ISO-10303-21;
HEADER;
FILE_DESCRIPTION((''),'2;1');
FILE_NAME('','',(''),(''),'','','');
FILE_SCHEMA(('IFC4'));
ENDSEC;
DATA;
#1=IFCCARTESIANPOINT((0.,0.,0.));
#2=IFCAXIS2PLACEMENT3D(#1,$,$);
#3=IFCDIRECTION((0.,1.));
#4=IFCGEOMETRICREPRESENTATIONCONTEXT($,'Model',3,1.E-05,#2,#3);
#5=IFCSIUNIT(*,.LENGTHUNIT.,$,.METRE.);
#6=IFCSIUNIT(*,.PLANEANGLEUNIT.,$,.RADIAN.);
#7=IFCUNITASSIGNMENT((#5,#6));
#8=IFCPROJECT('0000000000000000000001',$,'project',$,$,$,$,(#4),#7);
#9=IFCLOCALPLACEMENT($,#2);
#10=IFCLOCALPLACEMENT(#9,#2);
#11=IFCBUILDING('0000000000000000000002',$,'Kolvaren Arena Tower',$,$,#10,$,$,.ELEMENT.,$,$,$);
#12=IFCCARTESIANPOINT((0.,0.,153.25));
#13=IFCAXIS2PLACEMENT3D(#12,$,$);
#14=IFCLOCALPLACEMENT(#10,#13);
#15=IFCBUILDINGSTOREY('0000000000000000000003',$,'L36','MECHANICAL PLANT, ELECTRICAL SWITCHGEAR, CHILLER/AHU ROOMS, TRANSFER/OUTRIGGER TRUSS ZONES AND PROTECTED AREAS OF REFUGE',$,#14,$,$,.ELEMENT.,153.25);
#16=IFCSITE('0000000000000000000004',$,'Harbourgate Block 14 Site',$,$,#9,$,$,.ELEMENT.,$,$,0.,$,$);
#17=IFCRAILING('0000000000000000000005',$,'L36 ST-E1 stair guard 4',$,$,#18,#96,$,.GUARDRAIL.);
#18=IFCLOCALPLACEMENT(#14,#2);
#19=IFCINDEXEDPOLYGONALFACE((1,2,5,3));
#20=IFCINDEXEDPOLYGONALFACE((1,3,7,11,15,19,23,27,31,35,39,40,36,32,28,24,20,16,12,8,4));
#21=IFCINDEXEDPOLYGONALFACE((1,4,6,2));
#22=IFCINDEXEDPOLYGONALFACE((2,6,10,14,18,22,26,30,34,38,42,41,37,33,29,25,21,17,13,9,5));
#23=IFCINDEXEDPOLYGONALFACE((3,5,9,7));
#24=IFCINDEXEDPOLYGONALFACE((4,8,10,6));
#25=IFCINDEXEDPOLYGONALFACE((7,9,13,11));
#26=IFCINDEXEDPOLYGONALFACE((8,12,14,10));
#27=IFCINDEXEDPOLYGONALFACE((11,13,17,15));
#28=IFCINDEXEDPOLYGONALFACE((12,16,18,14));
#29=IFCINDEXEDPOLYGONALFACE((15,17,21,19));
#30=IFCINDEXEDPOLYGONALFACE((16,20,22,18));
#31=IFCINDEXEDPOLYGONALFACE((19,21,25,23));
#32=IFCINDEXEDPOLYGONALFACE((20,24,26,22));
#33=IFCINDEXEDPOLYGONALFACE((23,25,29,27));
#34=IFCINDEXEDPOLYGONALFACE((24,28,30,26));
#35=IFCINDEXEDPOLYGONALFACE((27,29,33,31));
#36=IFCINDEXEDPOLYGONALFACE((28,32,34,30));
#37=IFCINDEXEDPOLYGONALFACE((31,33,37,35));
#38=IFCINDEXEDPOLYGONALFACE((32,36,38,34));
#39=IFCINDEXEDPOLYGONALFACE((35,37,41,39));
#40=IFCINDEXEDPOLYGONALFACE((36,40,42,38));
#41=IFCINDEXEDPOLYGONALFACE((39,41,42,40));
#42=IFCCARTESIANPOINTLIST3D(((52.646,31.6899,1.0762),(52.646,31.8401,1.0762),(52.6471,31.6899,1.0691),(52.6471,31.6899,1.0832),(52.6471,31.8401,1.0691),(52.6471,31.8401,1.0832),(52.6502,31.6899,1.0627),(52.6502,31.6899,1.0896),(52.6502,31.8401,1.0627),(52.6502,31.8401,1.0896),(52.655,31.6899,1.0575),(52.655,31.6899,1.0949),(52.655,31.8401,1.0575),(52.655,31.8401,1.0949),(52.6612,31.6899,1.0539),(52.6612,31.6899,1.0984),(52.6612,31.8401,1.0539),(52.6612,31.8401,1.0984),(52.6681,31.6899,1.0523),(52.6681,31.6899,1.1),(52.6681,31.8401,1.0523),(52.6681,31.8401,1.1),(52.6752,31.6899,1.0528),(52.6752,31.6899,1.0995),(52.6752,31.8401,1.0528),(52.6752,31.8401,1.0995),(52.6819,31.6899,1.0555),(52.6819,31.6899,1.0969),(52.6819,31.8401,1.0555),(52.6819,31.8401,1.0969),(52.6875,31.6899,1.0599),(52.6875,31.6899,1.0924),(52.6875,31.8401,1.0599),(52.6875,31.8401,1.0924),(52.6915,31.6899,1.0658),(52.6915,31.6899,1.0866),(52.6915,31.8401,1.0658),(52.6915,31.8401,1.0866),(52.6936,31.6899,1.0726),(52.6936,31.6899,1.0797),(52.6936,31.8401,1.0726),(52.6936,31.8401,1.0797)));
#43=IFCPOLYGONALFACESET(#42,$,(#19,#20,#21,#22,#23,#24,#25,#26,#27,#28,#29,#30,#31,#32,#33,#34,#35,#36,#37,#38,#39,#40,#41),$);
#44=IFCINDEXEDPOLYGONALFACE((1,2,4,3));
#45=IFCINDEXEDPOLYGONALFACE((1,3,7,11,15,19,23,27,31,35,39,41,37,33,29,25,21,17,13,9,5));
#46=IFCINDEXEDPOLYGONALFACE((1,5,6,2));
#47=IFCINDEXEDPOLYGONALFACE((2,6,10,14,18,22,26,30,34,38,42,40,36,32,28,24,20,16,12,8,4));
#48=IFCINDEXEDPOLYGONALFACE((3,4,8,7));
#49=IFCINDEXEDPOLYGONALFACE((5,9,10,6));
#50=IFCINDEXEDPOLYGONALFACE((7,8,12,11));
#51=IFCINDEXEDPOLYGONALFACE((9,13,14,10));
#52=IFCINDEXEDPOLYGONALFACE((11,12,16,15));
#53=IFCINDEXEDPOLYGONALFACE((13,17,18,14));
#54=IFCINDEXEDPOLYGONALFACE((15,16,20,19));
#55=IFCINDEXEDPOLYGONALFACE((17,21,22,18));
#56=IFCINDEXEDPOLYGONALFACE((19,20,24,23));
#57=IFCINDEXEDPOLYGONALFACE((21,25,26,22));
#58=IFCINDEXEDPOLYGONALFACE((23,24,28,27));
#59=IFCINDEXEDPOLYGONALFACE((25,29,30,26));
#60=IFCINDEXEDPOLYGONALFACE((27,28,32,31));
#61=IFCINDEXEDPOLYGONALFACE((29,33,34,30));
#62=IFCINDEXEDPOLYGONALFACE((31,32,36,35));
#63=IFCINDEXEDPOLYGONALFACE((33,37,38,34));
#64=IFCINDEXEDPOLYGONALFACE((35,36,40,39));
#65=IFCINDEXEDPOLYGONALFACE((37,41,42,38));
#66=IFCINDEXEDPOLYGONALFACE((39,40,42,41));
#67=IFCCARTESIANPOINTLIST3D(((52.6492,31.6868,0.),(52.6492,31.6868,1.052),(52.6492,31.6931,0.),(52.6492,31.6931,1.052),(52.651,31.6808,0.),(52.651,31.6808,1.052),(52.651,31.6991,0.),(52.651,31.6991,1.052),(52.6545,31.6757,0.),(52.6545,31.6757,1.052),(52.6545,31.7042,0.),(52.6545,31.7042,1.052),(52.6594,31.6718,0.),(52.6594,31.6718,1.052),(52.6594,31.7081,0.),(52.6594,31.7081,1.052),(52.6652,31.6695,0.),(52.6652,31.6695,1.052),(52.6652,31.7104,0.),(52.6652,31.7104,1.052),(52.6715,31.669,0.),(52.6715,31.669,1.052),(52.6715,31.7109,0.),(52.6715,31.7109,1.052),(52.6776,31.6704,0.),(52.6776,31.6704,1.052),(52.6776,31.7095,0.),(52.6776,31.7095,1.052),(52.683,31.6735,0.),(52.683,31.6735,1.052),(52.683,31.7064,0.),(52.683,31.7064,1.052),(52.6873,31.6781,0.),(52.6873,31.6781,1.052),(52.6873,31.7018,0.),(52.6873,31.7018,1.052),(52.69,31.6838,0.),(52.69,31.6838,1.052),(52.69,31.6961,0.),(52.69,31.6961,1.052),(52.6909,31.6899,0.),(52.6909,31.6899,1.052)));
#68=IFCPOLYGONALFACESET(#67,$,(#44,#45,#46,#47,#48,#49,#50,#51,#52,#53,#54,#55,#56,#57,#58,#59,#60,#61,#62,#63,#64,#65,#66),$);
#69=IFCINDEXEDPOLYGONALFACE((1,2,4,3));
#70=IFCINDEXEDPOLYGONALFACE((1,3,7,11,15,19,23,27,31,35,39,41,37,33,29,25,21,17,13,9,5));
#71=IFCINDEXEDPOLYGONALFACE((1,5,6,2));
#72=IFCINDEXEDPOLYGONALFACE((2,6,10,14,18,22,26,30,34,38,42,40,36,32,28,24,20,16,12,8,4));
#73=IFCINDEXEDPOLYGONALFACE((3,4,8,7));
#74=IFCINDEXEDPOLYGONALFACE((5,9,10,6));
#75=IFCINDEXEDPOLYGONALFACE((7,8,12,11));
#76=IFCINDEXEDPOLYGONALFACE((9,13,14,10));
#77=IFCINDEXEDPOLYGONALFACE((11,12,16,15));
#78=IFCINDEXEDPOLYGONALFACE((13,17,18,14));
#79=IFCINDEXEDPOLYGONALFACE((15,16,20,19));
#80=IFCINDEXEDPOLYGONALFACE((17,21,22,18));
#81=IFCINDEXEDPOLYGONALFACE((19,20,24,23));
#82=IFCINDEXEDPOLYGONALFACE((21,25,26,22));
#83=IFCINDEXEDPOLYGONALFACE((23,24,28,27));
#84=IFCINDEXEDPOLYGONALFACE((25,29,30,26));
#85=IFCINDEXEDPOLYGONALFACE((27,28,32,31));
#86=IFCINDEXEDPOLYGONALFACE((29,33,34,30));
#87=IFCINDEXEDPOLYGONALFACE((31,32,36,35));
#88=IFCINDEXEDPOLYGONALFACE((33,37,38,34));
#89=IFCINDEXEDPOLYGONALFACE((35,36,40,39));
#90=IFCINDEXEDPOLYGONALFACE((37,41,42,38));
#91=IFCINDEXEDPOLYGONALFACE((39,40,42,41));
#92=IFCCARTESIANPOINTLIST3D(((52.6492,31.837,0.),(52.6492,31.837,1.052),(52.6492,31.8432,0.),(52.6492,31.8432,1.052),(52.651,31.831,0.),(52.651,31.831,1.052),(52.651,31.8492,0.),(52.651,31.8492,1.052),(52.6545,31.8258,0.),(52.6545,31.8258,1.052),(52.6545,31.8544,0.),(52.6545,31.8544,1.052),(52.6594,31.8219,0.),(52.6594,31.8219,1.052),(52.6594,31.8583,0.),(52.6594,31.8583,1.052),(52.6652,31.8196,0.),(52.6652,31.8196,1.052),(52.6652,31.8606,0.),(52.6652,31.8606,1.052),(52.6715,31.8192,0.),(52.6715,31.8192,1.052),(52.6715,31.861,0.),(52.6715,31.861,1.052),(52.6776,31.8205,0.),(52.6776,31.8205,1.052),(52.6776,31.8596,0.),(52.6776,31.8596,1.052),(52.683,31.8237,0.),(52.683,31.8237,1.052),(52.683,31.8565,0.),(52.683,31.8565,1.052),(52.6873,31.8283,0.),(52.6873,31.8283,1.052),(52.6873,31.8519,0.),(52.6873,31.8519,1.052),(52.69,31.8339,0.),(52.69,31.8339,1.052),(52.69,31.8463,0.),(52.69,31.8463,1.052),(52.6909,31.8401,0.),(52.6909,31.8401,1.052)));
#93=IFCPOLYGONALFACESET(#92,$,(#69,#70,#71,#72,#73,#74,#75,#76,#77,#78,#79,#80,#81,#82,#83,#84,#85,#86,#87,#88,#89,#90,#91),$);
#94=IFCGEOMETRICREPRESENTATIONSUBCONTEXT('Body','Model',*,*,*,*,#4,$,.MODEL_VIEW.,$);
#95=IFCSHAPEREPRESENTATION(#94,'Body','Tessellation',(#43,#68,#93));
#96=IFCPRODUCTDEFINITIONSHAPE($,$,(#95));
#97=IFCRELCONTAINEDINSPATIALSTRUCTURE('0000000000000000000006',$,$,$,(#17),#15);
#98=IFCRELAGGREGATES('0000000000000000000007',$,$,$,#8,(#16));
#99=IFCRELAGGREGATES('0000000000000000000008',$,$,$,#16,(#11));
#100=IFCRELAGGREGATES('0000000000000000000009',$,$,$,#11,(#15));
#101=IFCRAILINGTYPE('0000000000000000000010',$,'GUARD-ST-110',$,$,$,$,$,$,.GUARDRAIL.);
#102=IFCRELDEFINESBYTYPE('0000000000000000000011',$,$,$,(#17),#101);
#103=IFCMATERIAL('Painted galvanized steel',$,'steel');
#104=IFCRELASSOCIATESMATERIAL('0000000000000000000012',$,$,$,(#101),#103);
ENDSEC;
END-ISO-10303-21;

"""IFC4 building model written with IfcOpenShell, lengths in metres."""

from ifc_helpers import new_model, si_unit, direction, frame, origin, origin_2d, place, context, subcontext, project, spatial, circle, extrude, material, type_object, element, save


model = new_model("IFC4")

# Units and contexts
model_context = context("Model", 3, precision=1e-05, world=origin(), true_north=direction((0.0, 1.0)))
body_context = subcontext(model_context, "Body", "Model", "MODEL_VIEW")
ifc_project = project(units=[si_unit("LENGTHUNIT", "METRE"), si_unit("PLANEANGLEUNIT", "RADIAN")], contexts=[model_context])

# Site, building, storey
site_placement = place(None, origin())
site = spatial("IfcSite", under=ifc_project, at=site_placement, Name="Harbourgate Block 14 Site", CompositionType="ELEMENT", RefElevation=0.0)
building_placement = place(site_placement, origin())
building = spatial("IfcBuilding", under=site, at=building_placement, Name="Kolvaren Arena Tower", CompositionType="ELEMENT")
storey_placement = place(building_placement, frame((0.0, 0.0, 153.25)))
storey = spatial("IfcBuildingStorey", under=building, at=storey_placement, Name="L36", Description="MECHANICAL PLANT, ELECTRICAL SWITCHGEAR, CHILLER/AHU ROOMS, TRANSFER/OUTRIGGER TRUSS ZONES AND PROTECTED AREAS OF REFUGE", CompositionType="ELEMENT", Elevation=153.25)

# Railing
ifc_material_1 = material(Name="Painted galvanized steel", Category="steel")
railing_type_1 = type_object("IfcRailingType", Name="GUARD-ST-110", PredefinedType="GUARDRAIL", material=ifc_material_1)
railing_1_placement = place(storey_placement, frame((52.6699, 31.6899, 0.0)))
element("IfcRailing", 1, at=railing_1_placement, inside=storey, type_object=railing_type_1, Name="L36 ST-E1 stair guard 4", PredefinedType="GUARDRAIL", context=body_context, shape_type="SweptSolid", body=[
    extrude(circle(Radius=0.0239, at=origin_2d()), frame((0.0, 0.0, 1.0762), z_axis=(0.0, 1.0, 0.0), x_axis=(-1.0, 0.0, 0.0)), (0.0, 0.0, 1.0), 0.1501),
    extrude(circle(Radius=0.021, at=origin_2d()), origin(), (0.0, 0.0, 1.0), 1.052),
    extrude(circle(Radius=0.021, at=origin_2d()), frame((0.0, 0.1501, 0.0)), (0.0, 0.0, 1.0), 1.052),
])

save(model, "model.ifc")
